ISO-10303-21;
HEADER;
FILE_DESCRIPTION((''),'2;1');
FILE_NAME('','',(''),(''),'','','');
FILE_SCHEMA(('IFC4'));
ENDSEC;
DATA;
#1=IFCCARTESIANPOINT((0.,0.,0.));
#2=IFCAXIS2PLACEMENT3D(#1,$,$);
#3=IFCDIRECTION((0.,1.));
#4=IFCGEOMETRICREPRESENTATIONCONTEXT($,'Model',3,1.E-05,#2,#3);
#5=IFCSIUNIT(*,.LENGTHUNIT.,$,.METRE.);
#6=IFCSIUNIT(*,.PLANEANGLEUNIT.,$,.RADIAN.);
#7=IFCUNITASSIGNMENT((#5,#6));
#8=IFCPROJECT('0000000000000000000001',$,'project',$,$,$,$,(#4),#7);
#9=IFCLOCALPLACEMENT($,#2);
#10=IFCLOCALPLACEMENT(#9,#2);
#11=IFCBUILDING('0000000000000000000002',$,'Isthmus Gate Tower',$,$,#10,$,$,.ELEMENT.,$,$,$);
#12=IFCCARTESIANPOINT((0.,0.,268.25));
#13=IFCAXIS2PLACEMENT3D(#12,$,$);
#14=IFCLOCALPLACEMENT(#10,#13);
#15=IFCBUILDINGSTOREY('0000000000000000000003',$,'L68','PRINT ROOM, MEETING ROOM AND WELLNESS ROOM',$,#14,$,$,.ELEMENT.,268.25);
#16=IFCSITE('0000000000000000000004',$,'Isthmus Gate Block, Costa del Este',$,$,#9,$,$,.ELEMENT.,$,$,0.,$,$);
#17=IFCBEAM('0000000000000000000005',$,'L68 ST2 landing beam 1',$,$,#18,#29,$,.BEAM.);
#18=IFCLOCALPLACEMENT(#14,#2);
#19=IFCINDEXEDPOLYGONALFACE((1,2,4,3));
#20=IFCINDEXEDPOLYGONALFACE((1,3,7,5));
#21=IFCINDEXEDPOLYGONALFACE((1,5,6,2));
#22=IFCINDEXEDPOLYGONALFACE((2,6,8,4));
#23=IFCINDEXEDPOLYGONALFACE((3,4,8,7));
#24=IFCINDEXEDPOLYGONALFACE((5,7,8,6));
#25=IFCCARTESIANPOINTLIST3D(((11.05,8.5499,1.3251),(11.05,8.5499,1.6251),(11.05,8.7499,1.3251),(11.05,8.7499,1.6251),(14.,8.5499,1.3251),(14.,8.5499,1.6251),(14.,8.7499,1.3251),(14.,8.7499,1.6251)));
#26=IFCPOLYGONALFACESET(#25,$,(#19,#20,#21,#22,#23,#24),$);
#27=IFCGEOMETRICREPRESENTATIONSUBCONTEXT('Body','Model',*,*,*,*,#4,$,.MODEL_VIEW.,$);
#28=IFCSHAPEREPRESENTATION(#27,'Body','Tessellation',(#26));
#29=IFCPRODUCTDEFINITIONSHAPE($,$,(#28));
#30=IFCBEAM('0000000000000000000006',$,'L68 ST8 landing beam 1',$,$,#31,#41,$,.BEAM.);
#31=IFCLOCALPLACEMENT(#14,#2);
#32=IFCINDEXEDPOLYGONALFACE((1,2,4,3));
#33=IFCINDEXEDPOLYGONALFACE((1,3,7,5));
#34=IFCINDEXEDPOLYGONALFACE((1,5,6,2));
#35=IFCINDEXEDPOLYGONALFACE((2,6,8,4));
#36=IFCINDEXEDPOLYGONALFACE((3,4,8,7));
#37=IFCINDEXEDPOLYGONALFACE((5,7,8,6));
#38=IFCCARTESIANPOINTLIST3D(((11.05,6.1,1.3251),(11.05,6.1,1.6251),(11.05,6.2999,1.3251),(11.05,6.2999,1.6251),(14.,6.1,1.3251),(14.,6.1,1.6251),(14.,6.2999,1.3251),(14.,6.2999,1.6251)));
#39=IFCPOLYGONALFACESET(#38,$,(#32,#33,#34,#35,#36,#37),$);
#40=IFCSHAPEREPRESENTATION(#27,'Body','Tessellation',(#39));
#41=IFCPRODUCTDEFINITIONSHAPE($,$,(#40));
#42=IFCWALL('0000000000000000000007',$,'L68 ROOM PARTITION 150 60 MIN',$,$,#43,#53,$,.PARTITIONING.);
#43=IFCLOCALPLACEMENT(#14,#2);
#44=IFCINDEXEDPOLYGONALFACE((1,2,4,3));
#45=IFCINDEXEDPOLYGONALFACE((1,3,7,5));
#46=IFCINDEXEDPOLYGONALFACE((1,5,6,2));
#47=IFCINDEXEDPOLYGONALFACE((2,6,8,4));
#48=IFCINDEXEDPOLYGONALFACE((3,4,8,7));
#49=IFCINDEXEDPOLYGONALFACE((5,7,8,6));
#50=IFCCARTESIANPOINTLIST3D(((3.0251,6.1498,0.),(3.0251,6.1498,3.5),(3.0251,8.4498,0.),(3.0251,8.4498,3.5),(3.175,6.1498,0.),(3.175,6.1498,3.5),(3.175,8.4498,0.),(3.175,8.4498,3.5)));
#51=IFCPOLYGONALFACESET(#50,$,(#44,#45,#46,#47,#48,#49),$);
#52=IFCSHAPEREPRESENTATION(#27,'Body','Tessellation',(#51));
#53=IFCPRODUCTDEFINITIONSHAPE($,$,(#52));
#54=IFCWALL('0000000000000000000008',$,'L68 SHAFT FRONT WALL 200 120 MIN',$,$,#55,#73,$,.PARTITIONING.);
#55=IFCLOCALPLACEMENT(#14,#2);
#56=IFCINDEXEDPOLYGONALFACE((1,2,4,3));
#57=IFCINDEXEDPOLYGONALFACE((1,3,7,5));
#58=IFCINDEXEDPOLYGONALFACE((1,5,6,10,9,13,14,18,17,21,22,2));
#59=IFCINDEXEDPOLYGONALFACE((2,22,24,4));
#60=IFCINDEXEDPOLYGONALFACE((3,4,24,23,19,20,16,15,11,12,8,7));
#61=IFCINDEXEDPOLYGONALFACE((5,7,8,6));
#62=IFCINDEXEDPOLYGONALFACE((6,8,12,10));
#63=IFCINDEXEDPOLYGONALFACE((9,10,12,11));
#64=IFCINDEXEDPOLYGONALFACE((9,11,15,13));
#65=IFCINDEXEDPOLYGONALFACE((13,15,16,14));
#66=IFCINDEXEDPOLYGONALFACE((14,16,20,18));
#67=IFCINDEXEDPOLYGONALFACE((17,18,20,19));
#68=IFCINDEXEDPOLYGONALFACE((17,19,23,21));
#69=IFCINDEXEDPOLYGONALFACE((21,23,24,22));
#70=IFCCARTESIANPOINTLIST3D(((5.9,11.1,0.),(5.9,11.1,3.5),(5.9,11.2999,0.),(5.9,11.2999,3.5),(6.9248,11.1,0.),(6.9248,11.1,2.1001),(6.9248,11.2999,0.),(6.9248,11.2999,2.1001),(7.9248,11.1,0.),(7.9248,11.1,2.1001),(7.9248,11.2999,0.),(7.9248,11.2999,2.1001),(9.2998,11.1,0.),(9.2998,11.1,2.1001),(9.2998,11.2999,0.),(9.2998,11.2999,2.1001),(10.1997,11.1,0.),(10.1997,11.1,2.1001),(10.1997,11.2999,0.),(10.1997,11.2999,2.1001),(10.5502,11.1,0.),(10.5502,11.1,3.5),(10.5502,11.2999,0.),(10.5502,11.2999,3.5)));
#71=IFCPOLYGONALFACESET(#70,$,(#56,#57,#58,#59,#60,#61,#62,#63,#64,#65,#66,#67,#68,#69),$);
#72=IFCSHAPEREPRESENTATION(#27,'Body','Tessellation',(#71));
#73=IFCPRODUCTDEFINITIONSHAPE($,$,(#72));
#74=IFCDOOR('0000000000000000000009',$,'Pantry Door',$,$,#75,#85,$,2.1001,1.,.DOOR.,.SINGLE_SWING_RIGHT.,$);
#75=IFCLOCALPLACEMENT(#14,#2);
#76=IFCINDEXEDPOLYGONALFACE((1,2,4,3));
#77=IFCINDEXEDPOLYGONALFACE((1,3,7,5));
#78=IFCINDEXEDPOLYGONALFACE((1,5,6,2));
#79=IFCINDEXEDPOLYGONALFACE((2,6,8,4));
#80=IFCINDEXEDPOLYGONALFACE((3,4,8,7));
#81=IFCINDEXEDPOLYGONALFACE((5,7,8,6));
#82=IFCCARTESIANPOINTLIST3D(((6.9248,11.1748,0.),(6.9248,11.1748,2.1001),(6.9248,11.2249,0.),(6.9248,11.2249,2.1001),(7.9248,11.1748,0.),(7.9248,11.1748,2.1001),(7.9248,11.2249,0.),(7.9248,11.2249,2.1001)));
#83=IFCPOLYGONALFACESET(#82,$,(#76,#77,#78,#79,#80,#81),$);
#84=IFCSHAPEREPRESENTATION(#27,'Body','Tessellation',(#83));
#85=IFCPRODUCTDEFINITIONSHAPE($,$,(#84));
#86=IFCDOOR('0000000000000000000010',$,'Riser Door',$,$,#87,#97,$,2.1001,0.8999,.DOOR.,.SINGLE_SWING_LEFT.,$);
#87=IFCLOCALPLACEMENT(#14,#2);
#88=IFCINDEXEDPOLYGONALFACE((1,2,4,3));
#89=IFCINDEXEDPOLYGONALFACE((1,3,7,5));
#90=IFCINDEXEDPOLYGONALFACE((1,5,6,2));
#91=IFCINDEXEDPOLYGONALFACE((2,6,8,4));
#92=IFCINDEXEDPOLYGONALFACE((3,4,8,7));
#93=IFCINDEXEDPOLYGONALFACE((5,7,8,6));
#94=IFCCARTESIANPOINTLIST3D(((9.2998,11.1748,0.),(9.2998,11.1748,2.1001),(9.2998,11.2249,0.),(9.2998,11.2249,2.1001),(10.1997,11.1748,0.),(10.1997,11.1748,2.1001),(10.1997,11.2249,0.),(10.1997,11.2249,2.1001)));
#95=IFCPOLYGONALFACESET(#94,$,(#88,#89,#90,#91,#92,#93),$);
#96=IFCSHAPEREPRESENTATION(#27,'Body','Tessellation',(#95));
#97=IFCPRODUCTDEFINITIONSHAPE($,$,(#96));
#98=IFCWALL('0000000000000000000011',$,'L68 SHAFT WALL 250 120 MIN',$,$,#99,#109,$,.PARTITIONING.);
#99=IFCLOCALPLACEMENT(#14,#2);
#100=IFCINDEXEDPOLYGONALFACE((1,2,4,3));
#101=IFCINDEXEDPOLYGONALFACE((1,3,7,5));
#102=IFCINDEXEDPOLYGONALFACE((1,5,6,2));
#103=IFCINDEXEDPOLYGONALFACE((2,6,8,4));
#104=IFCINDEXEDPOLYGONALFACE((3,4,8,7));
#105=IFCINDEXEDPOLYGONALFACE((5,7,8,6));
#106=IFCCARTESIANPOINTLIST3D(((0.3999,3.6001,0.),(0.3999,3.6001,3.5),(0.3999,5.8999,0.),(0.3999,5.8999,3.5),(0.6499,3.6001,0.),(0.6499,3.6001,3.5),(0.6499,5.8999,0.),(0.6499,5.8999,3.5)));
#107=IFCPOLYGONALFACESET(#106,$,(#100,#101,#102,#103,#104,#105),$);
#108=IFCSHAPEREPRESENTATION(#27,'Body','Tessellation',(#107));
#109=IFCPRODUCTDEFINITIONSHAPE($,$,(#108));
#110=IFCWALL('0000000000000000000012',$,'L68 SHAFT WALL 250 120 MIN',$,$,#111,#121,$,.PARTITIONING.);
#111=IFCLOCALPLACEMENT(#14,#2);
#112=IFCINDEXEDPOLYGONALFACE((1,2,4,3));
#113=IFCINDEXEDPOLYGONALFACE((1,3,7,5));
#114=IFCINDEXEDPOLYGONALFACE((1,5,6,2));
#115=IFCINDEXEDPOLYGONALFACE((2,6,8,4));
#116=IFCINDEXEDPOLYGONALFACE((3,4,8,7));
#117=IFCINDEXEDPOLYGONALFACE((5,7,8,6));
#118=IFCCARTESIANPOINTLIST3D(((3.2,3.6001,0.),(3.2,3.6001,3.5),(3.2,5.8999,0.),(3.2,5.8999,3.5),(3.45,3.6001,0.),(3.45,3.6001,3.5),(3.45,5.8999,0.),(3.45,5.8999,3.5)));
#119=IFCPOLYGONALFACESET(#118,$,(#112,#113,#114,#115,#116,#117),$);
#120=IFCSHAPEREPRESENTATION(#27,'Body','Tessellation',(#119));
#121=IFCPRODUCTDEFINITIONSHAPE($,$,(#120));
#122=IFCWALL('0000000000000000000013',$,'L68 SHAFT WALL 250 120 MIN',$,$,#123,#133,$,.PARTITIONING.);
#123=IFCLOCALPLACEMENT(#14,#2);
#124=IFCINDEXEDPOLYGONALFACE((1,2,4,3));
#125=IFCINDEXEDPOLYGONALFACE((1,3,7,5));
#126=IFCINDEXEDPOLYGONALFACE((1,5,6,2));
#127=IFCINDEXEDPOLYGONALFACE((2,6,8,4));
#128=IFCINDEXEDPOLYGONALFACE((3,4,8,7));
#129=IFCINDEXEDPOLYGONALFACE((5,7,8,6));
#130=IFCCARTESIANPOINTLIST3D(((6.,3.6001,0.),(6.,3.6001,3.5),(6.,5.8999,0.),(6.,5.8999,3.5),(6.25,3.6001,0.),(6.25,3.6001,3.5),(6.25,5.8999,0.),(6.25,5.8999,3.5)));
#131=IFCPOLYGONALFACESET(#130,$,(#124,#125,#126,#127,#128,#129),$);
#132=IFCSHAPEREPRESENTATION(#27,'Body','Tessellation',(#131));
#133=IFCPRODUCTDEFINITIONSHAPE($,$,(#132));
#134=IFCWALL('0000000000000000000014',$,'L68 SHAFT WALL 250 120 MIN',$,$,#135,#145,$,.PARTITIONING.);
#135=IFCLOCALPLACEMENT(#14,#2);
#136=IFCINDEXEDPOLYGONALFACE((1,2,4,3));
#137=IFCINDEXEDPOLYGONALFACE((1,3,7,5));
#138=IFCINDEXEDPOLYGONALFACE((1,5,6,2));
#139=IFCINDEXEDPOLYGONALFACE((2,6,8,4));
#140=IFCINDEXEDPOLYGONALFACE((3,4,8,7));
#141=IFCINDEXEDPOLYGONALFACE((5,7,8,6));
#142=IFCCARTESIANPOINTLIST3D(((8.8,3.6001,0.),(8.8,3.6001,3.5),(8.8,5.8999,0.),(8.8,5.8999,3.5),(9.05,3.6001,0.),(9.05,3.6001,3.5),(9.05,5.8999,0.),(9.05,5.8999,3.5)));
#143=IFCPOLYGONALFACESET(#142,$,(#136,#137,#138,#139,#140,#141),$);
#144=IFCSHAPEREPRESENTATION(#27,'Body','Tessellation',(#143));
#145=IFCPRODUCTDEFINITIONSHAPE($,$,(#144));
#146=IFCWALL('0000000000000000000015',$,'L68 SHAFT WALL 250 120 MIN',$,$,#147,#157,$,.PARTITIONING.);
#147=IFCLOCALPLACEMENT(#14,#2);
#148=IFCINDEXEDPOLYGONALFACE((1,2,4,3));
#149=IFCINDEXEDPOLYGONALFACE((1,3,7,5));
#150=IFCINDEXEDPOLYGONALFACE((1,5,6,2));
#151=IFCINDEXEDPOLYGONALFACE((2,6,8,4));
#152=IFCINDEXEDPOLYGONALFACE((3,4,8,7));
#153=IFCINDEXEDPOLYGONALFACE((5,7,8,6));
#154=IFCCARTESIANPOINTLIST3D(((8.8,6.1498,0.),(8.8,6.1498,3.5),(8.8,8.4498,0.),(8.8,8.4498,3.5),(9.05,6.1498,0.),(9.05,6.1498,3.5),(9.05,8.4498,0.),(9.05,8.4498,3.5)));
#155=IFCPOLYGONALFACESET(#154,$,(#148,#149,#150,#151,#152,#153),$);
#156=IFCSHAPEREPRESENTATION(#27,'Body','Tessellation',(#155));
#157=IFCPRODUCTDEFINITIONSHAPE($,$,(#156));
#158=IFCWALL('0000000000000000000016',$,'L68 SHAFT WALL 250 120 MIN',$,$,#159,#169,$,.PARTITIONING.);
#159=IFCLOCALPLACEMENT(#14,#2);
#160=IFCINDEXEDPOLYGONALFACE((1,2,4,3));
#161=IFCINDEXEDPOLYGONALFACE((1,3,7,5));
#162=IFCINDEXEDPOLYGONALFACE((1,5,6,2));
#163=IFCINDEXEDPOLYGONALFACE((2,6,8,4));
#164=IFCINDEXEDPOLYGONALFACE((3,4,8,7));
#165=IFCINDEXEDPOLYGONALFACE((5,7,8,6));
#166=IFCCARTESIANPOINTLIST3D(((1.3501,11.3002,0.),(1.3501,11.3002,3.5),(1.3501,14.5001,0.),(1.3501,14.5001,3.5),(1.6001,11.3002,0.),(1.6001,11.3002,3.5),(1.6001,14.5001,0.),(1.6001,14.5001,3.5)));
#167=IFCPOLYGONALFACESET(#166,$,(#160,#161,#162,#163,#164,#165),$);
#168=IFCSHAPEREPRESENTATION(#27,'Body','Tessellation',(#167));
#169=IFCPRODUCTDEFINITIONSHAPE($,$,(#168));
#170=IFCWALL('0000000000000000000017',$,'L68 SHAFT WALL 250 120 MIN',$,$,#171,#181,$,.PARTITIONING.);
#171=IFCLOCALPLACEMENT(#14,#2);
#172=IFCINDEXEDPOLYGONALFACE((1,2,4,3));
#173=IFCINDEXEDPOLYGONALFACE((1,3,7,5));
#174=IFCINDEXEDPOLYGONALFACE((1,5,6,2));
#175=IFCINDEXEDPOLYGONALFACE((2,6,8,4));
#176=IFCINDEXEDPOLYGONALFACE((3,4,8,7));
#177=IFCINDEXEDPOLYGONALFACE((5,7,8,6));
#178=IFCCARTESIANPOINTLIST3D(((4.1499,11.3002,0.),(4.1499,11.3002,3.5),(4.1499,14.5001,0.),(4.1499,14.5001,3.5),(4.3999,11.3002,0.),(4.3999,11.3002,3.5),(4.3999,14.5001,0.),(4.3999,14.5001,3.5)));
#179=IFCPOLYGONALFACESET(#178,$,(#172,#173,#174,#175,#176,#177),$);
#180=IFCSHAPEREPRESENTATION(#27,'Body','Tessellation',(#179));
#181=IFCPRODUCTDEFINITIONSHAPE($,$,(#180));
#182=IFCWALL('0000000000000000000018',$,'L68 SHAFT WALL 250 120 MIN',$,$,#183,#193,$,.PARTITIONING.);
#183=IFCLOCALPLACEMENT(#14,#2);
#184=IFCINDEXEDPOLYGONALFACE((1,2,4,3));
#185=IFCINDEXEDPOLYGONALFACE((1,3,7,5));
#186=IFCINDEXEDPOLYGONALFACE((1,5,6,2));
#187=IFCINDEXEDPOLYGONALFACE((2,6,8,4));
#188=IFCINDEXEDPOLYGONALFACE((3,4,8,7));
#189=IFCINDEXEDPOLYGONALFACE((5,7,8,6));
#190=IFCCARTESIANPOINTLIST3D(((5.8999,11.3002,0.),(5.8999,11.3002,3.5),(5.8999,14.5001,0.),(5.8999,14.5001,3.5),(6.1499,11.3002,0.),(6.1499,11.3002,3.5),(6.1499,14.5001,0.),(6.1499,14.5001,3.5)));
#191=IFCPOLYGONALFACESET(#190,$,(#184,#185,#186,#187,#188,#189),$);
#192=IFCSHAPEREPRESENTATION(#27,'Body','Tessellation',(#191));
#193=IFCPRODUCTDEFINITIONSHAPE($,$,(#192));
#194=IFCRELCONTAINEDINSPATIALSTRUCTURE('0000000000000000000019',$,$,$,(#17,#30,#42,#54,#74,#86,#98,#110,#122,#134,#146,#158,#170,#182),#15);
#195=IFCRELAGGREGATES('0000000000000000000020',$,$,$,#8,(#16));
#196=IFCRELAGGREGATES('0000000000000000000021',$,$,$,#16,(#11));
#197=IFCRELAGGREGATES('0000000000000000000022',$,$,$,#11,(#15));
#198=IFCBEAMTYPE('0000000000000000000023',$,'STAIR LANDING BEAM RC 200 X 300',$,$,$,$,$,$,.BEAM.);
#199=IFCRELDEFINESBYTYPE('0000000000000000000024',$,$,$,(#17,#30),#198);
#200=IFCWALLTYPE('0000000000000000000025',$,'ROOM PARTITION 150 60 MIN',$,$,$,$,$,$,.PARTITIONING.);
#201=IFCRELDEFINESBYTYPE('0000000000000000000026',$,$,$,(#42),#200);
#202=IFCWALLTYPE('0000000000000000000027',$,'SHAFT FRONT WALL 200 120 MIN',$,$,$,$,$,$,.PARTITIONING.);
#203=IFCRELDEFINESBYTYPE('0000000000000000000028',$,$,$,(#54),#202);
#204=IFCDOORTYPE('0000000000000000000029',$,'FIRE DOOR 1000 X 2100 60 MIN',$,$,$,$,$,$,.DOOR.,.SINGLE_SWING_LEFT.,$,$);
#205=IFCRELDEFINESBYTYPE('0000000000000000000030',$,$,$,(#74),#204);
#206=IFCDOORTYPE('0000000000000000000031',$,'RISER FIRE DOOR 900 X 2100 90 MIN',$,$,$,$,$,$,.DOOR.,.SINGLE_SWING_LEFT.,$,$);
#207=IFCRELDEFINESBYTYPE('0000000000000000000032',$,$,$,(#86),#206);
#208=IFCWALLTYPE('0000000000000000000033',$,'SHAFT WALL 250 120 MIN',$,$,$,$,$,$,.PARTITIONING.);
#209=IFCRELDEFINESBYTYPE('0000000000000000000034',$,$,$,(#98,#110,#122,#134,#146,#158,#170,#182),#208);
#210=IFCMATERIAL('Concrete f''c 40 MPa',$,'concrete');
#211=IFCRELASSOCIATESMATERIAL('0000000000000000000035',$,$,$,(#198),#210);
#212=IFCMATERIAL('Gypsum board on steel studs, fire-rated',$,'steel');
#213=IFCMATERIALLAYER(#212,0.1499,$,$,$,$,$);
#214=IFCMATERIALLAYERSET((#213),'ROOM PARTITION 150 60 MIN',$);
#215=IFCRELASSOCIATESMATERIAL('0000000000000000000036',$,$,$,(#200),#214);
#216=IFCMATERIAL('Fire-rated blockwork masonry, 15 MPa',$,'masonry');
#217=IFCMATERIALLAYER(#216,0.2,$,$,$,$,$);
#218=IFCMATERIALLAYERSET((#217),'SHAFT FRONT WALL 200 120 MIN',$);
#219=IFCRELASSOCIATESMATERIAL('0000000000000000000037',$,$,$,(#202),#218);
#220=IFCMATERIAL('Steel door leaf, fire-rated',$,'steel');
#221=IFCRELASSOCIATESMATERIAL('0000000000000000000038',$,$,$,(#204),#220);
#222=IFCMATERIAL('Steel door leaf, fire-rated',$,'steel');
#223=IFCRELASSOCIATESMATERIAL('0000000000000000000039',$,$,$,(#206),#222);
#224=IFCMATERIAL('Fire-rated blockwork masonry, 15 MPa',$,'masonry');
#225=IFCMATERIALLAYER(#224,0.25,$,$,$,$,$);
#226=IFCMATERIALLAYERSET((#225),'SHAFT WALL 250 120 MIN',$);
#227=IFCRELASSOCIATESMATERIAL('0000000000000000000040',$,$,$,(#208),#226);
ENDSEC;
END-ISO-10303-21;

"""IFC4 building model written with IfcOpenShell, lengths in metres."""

from ifc_helpers import new_model, si_unit, direction, frame, frame_2d, origin, origin_2d, place, context, subcontext, project, spatial, rectangle, extrude, material, layer, layer_set, material_profile, profile_set, type_object, element, fill, save


model = new_model("IFC4")

# Units and contexts
model_context = context("Model", 3, precision=1e-05, world=origin(), true_north=direction((0.0, 1.0)))
body_context = subcontext(model_context, "Body", "Model", "MODEL_VIEW")
ifc_project = project(units=[si_unit("LENGTHUNIT", "METRE"), si_unit("PLANEANGLEUNIT", "RADIAN")], contexts=[model_context])

# Site, building, storey
site_placement = place(None, origin())
site = spatial("IfcSite", under=ifc_project, at=site_placement, Name="Isthmus Gate Block, Costa del Este", CompositionType="ELEMENT", RefElevation=0.0)
building_placement = place(site_placement, origin())
building = spatial("IfcBuilding", under=site, at=building_placement, Name="Isthmus Gate Tower", CompositionType="ELEMENT")
storey_placement = place(building_placement, frame((0.0, 0.0, 268.25)))
storey = spatial("IfcBuildingStorey", under=building, at=storey_placement, Name="L68", Description="PRINT ROOM, MEETING ROOM AND WELLNESS ROOM", CompositionType="ELEMENT", Elevation=268.25)

# Beams
ifc_material_1 = material(Name="Concrete f'c 40 MPa", Category="concrete")
ifc_material_profile = material_profile(ifc_material_1, rectangle(XDim=0.2, YDim=0.3, at=origin_2d()), Name="STAIR LANDING BEAM RC 200 X 300")
ifc_profile_set = profile_set([ifc_material_profile], Name="Concrete f'c 40 MPa")
beam_type = type_object("IfcBeamType", Name="STAIR LANDING BEAM RC 200 X 300", PredefinedType="BEAM", material=ifc_profile_set)
for number, where, z_axis, x_axis, name in (
    (1, (11.05, 8.6499, 1.4751), (1.0, 0.0, 0.0), (0.0, 1.0, 0.0), "L68 ST2 landing beam 1"),
    (2, (11.05, 6.2, 1.4751), (1.0, 0.0, 0.0), (0.0, 1.0, 0.0), "L68 ST8 landing beam 1"),
):
    element("IfcBeam", number, at=place(storey_placement, frame(where, z_axis=z_axis, x_axis=x_axis)), inside=storey, type_object=beam_type, Name=name, PredefinedType="BEAM", context=body_context, shape_type="SweptSolid", body=[
        extrude(rectangle(XDim=0.2, YDim=0.3, at=origin_2d()), origin(), (0.0, 0.0, 1.0), 2.95),
    ])

# Wall
ifc_material_2 = material(Name="Gypsum board on steel studs, fire-rated", Category="steel")
ifc_layer_1 = layer(ifc_material_2, 0.1499)
ifc_layer_set_1 = layer_set([ifc_layer_1], Name="ROOM PARTITION 150 60 MIN")
wall_type_1 = type_object("IfcWallType", Name="ROOM PARTITION 150 60 MIN", PredefinedType="PARTITIONING", material=ifc_layer_set_1)
wall_1_placement = place(storey_placement, frame((3.1001, 6.1499, 0.0), z_axis=(0.0, 0.0, 1.0), x_axis=(0.0, 1.0, 0.0)))
element("IfcWall", 3, at=wall_1_placement, inside=storey, type_object=wall_type_1, Name="L68 ROOM PARTITION 150 60 MIN", PredefinedType="PARTITIONING", context=body_context, shape_type="SweptSolid", body=[
    extrude(rectangle(XDim=2.3, YDim=0.1499, at=frame_2d((1.1499, 0.0))), origin(), (0.0, 0.0, 1.0), 3.5),
])

# Wall, openings, doors
ifc_material_3 = material(Name="Fire-rated blockwork masonry, 15 MPa", Category="masonry")
ifc_layer_2 = layer(ifc_material_3, 0.2)
ifc_layer_set_2 = layer_set([ifc_layer_2], Name="SHAFT FRONT WALL 200 120 MIN")
wall_type_2 = type_object("IfcWallType", Name="SHAFT FRONT WALL 200 120 MIN", PredefinedType="PARTITIONING", material=ifc_layer_set_2)
wall_2_placement = place(storey_placement, frame((5.8999, 11.2, 0.0), z_axis=(0.0, 0.0, 1.0), x_axis=(1.0, 0.0, 0.0)))
wall_2 = element("IfcWall", 4, at=wall_2_placement, inside=storey, type_object=wall_type_2, Name="L68 SHAFT FRONT WALL 200 120 MIN", PredefinedType="PARTITIONING", context=body_context, shape_type="SweptSolid", body=[
    extrude(rectangle(XDim=4.6501, YDim=0.2, at=frame_2d((2.3252, 0.0))), origin(), (0.0, 0.0, 1.0), 3.5),
])
opening_1_placement = place(wall_2_placement, frame((1.0249, 0.0, 0.0)))
opening_1 = element("IfcOpeningElement", 5, at=opening_1_placement, cuts=wall_2, PredefinedType="OPENING", context=body_context, shape_type="SweptSolid", body=[
    extrude(rectangle(XDim=1.0, YDim=2.1001, at=frame_2d((0.5, 1.05))), frame((0.0, 0.1099, 0.0), z_axis=(0.0, -1.0, 0.0), x_axis=(1.0, 0.0, 0.0)), (0.0, 0.0, 1.0), 0.22),
])
opening_2_placement = place(wall_2_placement, frame((3.3999, 0.0, 0.0)))
opening_2 = element("IfcOpeningElement", 6, at=opening_2_placement, cuts=wall_2, PredefinedType="OPENING", context=body_context, shape_type="SweptSolid", body=[
    extrude(rectangle(XDim=0.8999, YDim=2.1001, at=frame_2d((0.45, 1.05))), frame((0.0, 0.1099, 0.0), z_axis=(0.0, -1.0, 0.0), x_axis=(1.0, 0.0, 0.0)), (0.0, 0.0, 1.0), 0.22),
])
ifc_material_4 = material(Name="Steel door leaf, fire-rated", Category="steel")
door_type_1 = type_object("IfcDoorType", Name="FIRE DOOR 1000 X 2100 60 MIN", OperationType="SINGLE_SWING_LEFT", PredefinedType="DOOR", material=ifc_material_4)
door_1_placement = place(opening_1_placement, origin())
door_1 = element("IfcDoor", 7, at=door_1_placement, inside=storey, type_object=door_type_1, Name="Pantry Door", OperationType="SINGLE_SWING_RIGHT", OverallHeight=2.1001, OverallWidth=1.0, PredefinedType="DOOR", context=body_context, shape_type="SweptSolid", body=[
    extrude(rectangle(XDim=1.0, YDim=2.1001, at=frame_2d((0.5, 1.05))), frame((0.0, 0.0249, 0.0), z_axis=(0.0, -1.0, 0.0), x_axis=(1.0, 0.0, 0.0)), (0.0, 0.0, 1.0), 0.05),
])
fill(opening_1, door_1)
ifc_material_5 = material(Name="Steel door leaf, fire-rated", Category="steel")
door_type_2 = type_object("IfcDoorType", Name="RISER FIRE DOOR 900 X 2100 90 MIN", OperationType="SINGLE_SWING_LEFT", PredefinedType="DOOR", material=ifc_material_5)
door_2_placement = place(opening_2_placement, origin())
door_2 = element("IfcDoor", 8, at=door_2_placement, inside=storey, type_object=door_type_2, Name="Riser Door", OperationType="SINGLE_SWING_LEFT", OverallHeight=2.1001, OverallWidth=0.8999, PredefinedType="DOOR", context=body_context, shape_type="SweptSolid", body=[
    extrude(rectangle(XDim=0.8999, YDim=2.1001, at=frame_2d((0.45, 1.05))), frame((0.0, 0.0249, 0.0), z_axis=(0.0, -1.0, 0.0), x_axis=(1.0, 0.0, 0.0)), (0.0, 0.0, 1.0), 0.05),
])
fill(opening_2, door_2)

# Walls
ifc_material_6 = material(Name="Fire-rated blockwork masonry, 15 MPa", Category="masonry")
ifc_layer_3 = layer(ifc_material_6, 0.25)
ifc_layer_set_3 = layer_set([ifc_layer_3], Name="SHAFT WALL 250 120 MIN")
wall_type_3 = type_object("IfcWallType", Name="SHAFT WALL 250 120 MIN", PredefinedType="PARTITIONING", material=ifc_layer_set_3)
for number, where, z_axis, x_axis, name in (
    (9, (0.5249, 3.6001, 0.0), (0.0, 0.0, 1.0), (0.0, 1.0, 0.0), "L68 SHAFT WALL 250 120 MIN"),
    (10, (3.325, 3.6001, 0.0), (0.0, 0.0, 1.0), (0.0, 1.0, 0.0), "L68 SHAFT WALL 250 120 MIN"),
    (11, (6.125, 3.6001, 0.0), (0.0, 0.0, 1.0), (0.0, 1.0, 0.0), "L68 SHAFT WALL 250 120 MIN"),
    (12, (8.925, 3.6001, 0.0), (0.0, 0.0, 1.0), (0.0, 1.0, 0.0), "L68 SHAFT WALL 250 120 MIN"),
):
    element("IfcWall", number, at=place(storey_placement, frame(where, z_axis=z_axis, x_axis=x_axis)), inside=storey, type_object=wall_type_3, Name=name, PredefinedType="PARTITIONING", context=body_context, shape_type="SweptSolid", body=[
        extrude(rectangle(XDim=2.2998, YDim=0.25, at=frame_2d((1.1499, 0.0))), origin(), (0.0, 0.0, 1.0), 3.5),
    ])
wall_3_placement = place(storey_placement, frame((8.925, 6.1499, 0.0), z_axis=(0.0, 0.0, 1.0), x_axis=(0.0, 1.0, 0.0)))
element("IfcWall", 13, at=wall_3_placement, inside=storey, type_object=wall_type_3, Name="L68 SHAFT WALL 250 120 MIN", PredefinedType="PARTITIONING", context=body_context, shape_type="SweptSolid", body=[
    extrude(rectangle(XDim=2.3, YDim=0.25, at=frame_2d((1.1499, 0.0))), origin(), (0.0, 0.0, 1.0), 3.5),
])
for number, where, z_axis, x_axis, name in (
    (14, (1.4751, 11.3, 0.0), (0.0, 0.0, 1.0), (0.0, 1.0, 0.0), "L68 SHAFT WALL 250 120 MIN"),
    (15, (4.2749, 11.3, 0.0), (0.0, 0.0, 1.0), (0.0, 1.0, 0.0), "L68 SHAFT WALL 250 120 MIN"),
    (16, (6.0249, 11.3, 0.0), (0.0, 0.0, 1.0), (0.0, 1.0, 0.0), "L68 SHAFT WALL 250 120 MIN"),
):
    element("IfcWall", number, at=place(storey_placement, frame(where, z_axis=z_axis, x_axis=x_axis)), inside=storey, type_object=wall_type_3, Name=name, PredefinedType="PARTITIONING", context=body_context, shape_type="SweptSolid", body=[
        extrude(rectangle(XDim=3.2, YDim=0.25, at=frame_2d((1.6001, 0.0))), origin(), (0.0, 0.0, 1.0), 3.5),
    ])

save(model, "model.ifc")
